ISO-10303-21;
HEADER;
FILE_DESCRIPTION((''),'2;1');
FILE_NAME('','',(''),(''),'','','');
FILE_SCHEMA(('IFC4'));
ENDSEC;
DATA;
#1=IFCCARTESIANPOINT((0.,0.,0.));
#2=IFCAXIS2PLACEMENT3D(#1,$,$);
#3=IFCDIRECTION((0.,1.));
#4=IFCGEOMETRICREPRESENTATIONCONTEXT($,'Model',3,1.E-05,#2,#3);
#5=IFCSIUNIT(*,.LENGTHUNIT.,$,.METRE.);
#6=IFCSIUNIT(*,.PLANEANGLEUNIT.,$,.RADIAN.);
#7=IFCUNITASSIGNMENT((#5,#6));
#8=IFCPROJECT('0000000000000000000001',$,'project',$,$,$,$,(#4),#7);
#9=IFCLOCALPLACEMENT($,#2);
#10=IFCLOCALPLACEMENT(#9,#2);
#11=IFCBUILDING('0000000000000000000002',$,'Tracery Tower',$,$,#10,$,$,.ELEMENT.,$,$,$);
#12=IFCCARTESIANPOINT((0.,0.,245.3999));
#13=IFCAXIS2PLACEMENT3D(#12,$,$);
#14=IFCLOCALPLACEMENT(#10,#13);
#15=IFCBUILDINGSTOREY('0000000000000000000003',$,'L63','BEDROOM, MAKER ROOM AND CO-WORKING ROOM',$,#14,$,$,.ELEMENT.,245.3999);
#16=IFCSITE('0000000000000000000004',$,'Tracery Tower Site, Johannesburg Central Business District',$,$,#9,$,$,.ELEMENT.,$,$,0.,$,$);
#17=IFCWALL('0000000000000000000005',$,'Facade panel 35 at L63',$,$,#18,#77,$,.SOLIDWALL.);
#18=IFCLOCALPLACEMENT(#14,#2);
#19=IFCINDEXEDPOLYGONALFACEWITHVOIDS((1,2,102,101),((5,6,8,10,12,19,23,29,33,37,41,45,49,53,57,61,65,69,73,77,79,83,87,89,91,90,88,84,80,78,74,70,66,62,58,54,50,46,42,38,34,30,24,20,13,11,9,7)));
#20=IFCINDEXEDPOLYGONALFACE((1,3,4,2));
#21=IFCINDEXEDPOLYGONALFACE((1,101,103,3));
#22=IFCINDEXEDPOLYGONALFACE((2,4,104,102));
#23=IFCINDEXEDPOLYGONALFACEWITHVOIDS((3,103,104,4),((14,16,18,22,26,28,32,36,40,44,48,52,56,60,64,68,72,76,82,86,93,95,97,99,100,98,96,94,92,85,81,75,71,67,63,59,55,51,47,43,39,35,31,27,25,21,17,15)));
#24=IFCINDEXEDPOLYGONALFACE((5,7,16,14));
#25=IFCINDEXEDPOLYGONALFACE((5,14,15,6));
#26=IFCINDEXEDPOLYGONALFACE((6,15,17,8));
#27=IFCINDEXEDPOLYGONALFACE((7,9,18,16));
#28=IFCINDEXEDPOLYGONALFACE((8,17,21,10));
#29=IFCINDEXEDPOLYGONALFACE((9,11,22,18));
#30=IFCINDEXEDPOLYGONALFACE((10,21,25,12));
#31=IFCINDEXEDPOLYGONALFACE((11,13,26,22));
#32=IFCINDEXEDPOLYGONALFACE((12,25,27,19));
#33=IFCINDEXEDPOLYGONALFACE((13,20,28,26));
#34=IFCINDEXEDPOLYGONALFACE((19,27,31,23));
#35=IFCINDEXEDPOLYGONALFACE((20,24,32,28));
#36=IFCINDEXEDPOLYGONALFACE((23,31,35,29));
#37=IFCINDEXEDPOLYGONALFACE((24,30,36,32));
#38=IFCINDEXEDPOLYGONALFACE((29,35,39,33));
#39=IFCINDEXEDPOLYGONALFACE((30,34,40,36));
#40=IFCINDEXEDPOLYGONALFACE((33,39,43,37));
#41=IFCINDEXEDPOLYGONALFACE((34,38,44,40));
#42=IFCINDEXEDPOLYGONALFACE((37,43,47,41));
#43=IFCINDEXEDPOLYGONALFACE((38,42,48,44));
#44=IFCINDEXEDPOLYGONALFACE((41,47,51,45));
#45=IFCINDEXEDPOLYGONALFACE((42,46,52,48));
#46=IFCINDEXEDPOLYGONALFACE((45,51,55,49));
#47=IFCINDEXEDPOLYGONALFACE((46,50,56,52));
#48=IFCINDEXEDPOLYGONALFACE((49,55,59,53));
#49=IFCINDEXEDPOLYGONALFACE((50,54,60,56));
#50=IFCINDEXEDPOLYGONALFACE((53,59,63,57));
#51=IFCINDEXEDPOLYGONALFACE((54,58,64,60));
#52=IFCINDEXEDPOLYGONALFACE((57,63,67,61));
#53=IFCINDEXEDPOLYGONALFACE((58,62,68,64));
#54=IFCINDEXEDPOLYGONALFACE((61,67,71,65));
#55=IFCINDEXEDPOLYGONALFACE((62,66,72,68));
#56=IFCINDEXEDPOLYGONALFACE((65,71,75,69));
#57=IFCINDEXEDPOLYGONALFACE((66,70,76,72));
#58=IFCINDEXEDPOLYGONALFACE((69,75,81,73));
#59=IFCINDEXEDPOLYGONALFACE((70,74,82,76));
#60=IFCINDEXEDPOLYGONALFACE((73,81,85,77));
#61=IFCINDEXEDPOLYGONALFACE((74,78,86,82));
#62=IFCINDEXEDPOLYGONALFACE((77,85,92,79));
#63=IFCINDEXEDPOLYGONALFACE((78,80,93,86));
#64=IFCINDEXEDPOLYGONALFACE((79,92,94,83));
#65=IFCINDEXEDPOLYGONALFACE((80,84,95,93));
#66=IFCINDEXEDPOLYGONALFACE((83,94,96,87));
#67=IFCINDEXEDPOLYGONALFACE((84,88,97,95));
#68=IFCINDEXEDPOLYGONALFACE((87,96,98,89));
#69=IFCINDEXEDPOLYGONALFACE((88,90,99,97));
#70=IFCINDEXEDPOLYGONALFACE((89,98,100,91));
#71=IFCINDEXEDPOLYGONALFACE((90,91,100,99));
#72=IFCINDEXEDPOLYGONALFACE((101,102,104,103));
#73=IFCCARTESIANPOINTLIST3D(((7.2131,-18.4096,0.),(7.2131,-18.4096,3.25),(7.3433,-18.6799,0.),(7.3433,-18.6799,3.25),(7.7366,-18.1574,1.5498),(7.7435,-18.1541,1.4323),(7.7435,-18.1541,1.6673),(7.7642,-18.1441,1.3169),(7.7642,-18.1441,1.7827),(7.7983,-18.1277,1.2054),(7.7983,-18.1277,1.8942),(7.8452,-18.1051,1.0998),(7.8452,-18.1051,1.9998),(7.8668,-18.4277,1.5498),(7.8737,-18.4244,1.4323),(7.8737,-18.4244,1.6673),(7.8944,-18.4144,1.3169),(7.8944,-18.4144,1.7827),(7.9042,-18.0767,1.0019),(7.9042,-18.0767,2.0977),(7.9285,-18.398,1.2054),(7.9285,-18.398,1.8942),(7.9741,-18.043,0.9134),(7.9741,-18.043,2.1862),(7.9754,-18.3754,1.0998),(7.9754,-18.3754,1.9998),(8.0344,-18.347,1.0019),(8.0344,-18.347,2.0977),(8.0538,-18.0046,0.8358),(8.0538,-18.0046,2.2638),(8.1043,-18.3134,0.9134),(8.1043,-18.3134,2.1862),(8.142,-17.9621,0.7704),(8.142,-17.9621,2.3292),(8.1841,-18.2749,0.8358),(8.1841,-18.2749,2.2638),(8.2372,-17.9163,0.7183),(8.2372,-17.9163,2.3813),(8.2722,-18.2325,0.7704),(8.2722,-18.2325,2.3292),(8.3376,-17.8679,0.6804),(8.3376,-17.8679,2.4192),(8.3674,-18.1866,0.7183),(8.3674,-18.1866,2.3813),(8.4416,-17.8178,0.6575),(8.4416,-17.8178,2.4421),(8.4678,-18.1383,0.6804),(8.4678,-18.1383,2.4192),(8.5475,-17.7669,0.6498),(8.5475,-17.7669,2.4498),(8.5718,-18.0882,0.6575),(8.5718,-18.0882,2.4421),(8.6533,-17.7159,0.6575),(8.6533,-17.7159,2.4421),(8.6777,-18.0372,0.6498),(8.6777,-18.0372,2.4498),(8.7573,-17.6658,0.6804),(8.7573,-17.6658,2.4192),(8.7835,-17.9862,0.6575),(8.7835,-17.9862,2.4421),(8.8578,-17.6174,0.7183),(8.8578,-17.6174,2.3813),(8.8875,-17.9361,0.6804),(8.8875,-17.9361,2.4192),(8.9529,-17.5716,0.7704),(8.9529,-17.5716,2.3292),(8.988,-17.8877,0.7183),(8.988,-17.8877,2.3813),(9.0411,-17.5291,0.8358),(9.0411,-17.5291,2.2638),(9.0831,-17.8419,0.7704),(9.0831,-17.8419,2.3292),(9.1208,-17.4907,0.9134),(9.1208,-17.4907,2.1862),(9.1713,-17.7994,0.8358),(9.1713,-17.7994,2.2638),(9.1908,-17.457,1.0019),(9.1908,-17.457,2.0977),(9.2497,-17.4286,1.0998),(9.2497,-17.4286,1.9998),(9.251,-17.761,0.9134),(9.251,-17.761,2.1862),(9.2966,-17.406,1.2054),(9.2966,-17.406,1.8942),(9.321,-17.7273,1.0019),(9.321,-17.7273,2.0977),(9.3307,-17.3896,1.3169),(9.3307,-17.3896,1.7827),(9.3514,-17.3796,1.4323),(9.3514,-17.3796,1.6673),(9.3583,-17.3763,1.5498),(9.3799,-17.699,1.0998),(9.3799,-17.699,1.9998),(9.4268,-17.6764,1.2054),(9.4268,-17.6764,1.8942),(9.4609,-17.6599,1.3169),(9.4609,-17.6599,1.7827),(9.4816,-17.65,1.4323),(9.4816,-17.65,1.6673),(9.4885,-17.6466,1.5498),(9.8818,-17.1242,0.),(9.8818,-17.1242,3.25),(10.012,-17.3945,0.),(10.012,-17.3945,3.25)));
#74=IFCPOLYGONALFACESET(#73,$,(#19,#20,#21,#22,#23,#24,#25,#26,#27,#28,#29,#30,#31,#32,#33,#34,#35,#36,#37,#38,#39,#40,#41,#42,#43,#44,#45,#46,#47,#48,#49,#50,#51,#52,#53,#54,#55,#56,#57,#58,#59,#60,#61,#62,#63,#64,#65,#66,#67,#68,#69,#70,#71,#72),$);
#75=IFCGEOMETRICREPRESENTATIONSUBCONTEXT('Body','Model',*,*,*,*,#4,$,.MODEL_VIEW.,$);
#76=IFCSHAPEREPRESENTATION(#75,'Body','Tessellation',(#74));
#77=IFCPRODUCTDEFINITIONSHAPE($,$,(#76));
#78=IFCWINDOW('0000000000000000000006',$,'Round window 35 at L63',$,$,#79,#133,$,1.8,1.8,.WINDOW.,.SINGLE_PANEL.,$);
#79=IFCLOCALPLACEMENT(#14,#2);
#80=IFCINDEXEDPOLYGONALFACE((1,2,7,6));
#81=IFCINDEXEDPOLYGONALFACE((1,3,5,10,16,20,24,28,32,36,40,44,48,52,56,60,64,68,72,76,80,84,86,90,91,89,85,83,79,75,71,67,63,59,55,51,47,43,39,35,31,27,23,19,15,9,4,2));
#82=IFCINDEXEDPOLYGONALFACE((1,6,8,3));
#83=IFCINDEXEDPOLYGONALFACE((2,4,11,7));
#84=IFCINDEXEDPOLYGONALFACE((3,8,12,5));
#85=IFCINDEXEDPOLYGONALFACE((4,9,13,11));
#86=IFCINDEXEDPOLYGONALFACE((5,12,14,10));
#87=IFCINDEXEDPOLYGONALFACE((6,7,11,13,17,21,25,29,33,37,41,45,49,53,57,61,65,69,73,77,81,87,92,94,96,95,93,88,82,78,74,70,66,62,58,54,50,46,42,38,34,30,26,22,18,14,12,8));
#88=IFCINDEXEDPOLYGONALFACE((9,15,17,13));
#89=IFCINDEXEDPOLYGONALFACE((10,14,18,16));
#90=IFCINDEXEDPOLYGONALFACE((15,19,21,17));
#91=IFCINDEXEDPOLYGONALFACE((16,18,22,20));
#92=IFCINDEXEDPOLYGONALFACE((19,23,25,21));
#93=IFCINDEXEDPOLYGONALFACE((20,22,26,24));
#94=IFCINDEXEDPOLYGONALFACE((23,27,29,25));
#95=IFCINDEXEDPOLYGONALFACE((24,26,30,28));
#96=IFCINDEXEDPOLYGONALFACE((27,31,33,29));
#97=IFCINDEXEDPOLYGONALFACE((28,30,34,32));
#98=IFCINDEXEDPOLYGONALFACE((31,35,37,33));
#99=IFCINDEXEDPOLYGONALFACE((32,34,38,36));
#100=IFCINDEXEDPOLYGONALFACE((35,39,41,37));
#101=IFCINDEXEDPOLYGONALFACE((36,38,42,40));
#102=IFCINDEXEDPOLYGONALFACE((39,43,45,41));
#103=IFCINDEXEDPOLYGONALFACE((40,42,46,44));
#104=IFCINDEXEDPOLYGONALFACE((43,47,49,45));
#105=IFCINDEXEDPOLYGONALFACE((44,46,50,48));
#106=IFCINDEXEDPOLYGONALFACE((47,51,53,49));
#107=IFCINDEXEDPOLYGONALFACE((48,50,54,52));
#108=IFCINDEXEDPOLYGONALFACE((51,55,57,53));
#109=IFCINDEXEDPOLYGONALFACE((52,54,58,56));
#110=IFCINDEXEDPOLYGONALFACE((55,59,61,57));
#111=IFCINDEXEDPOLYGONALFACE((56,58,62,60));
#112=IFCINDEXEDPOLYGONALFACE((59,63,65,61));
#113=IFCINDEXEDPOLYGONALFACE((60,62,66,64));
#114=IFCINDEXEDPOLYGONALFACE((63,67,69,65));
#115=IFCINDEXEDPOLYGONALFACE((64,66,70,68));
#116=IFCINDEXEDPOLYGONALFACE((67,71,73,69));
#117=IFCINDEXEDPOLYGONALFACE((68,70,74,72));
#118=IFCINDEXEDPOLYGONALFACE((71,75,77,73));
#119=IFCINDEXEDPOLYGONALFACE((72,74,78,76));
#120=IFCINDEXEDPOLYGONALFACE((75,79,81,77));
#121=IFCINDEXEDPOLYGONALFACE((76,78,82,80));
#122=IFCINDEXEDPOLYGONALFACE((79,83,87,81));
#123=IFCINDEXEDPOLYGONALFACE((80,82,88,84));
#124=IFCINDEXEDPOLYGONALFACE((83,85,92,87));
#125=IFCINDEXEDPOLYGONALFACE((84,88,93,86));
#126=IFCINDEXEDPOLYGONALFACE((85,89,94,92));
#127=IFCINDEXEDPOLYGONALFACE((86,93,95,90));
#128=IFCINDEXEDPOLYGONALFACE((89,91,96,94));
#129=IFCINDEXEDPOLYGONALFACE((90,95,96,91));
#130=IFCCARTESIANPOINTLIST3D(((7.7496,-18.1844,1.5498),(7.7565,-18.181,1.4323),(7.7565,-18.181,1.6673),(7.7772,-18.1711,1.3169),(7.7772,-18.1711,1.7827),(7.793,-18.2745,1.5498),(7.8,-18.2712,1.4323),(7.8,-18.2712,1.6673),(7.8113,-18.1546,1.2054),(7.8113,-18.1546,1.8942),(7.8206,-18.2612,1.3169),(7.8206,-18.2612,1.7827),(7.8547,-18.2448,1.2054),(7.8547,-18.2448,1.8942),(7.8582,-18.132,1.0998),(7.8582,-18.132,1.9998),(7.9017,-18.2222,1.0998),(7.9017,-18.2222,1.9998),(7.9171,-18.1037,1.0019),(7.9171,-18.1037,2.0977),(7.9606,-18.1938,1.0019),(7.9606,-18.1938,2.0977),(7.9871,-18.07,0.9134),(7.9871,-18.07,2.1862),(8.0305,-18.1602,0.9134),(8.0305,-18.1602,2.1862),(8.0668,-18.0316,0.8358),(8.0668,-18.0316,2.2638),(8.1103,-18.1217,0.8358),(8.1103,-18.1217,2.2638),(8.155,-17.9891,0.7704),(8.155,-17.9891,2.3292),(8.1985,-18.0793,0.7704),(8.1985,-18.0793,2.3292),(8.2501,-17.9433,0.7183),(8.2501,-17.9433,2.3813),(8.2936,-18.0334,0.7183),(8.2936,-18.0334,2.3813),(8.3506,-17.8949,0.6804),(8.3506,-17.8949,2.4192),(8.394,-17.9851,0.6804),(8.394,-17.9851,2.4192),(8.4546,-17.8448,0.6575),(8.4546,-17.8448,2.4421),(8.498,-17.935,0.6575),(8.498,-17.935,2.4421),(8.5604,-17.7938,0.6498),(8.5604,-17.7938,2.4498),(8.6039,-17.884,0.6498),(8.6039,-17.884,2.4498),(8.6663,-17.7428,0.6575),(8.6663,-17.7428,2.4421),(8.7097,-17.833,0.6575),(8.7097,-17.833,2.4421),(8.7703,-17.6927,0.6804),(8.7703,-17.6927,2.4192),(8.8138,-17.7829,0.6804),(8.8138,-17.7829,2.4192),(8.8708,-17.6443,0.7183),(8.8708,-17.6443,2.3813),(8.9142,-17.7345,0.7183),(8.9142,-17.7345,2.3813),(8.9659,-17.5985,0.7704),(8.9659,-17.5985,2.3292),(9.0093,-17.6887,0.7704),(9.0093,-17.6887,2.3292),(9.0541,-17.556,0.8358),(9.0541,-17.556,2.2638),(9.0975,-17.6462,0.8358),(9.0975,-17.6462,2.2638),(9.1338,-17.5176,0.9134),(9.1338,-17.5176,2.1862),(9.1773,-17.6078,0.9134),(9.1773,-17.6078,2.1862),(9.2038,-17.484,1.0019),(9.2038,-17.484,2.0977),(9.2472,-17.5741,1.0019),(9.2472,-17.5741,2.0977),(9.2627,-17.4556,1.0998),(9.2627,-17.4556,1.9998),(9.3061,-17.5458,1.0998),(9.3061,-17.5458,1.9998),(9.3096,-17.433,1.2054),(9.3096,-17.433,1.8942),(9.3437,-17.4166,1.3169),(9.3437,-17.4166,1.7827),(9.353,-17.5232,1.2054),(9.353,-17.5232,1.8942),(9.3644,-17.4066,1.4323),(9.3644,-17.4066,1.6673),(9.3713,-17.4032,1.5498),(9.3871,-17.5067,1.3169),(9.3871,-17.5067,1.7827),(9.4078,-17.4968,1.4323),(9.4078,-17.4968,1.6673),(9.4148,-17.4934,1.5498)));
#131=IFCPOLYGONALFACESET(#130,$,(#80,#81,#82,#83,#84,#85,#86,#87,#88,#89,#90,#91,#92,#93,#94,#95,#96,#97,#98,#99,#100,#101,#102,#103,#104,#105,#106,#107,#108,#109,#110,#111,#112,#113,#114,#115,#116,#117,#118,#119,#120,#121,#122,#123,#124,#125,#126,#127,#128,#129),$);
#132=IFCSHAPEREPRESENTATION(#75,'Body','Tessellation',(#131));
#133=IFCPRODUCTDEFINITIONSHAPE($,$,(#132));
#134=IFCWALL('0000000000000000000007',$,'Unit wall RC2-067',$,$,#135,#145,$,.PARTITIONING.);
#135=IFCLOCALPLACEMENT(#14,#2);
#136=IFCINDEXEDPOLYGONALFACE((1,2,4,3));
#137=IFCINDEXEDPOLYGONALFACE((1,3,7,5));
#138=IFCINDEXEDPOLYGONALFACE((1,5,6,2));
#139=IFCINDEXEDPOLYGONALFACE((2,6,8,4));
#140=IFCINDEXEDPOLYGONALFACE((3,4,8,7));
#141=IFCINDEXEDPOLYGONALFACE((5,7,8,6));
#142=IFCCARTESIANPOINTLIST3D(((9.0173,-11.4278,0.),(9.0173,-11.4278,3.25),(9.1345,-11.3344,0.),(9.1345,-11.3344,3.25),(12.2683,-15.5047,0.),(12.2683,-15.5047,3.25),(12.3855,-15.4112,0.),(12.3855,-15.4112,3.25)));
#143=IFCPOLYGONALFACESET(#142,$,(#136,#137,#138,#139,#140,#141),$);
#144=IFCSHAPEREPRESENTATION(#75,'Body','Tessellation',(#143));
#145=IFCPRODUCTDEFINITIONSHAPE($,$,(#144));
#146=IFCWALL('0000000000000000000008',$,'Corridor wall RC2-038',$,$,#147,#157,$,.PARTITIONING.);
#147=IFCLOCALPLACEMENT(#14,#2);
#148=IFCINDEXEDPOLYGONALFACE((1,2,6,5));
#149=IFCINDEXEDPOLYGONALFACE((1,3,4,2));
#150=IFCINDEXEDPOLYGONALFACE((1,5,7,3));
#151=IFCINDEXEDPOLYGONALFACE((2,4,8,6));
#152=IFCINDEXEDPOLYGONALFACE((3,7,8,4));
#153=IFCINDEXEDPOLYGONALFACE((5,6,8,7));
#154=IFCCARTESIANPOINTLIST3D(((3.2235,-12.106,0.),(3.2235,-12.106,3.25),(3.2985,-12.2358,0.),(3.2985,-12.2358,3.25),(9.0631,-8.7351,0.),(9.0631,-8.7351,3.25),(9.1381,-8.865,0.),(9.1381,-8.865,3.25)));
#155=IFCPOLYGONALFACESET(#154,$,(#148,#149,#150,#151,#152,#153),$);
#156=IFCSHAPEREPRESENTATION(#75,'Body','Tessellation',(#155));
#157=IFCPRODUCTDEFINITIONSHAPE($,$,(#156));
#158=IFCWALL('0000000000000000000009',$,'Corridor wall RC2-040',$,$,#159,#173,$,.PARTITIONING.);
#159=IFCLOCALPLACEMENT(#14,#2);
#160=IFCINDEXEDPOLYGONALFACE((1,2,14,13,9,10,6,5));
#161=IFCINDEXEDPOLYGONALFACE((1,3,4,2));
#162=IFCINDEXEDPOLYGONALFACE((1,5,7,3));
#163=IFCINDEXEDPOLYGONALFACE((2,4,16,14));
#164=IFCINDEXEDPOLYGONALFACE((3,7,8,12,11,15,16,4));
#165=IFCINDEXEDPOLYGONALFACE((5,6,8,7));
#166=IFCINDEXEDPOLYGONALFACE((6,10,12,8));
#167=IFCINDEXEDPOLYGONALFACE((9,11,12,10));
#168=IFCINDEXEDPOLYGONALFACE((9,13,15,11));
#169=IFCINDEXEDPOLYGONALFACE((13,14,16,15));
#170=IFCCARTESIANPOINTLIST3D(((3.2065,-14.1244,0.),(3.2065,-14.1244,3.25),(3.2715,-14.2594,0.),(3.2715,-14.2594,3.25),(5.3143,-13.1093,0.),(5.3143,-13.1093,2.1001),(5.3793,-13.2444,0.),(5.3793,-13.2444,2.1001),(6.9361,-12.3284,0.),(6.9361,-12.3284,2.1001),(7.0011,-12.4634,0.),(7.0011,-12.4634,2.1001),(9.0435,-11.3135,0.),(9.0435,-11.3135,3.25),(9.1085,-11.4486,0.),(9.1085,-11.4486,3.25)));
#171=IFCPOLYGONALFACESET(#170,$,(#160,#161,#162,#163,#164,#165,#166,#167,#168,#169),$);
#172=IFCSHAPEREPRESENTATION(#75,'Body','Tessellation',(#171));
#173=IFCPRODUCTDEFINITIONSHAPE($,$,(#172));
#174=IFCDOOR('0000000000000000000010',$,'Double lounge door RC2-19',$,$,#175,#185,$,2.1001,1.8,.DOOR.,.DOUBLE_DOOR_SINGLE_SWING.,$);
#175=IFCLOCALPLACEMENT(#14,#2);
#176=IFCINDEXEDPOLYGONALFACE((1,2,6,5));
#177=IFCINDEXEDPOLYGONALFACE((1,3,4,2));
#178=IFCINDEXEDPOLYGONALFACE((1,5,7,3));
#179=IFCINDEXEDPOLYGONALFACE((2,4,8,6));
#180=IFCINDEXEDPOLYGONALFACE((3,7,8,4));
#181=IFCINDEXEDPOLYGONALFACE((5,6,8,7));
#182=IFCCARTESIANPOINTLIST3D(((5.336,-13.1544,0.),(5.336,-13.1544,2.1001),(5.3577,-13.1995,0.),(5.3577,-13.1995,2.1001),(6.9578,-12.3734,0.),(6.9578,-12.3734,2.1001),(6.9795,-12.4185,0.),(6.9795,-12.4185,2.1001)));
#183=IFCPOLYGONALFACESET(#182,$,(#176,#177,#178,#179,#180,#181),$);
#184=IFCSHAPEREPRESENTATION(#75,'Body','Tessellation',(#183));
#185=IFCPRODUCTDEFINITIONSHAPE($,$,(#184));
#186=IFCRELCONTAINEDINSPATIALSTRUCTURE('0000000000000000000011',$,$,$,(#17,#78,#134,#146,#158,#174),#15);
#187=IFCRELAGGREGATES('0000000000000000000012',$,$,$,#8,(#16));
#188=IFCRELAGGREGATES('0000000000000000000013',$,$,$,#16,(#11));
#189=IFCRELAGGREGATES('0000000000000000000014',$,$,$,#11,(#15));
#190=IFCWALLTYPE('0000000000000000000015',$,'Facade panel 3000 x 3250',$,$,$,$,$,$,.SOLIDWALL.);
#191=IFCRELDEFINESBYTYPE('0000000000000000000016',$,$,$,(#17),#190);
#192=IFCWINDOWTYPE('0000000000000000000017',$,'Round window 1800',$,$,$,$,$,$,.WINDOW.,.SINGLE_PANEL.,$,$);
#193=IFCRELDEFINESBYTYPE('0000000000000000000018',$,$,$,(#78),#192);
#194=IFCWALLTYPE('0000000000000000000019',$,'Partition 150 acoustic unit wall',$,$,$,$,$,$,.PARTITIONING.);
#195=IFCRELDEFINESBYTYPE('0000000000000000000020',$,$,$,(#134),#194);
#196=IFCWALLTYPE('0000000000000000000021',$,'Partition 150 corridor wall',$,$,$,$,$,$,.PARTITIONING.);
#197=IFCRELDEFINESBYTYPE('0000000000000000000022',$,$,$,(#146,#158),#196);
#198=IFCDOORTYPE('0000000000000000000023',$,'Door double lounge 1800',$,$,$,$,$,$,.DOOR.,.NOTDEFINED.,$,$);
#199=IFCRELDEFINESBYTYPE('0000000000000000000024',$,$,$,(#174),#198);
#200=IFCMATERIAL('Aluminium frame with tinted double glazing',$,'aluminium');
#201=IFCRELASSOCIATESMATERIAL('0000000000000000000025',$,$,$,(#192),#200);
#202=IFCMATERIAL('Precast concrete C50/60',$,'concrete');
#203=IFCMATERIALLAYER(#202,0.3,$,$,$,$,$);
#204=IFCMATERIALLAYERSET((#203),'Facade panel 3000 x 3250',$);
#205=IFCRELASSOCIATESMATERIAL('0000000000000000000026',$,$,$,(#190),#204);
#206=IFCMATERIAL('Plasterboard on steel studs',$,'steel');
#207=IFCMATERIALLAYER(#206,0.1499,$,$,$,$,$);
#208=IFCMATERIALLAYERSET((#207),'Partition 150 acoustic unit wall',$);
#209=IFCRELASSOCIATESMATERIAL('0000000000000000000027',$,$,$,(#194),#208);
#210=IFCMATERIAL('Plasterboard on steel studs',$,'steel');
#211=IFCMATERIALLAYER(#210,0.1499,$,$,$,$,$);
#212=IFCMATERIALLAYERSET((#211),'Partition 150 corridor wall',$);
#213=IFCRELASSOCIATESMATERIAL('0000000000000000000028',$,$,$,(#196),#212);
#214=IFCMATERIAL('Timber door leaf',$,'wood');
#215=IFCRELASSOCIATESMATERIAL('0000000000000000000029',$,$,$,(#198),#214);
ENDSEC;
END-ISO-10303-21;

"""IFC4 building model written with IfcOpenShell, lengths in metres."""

from ifc_helpers import new_model, si_unit, direction, frame, frame_2d, origin, origin_2d, place, context, subcontext, project, spatial, rectangle, circle, extrude, material, layer, layer_set, type_object, element, fill, save


model = new_model("IFC4")

# Units and contexts
model_context = context("Model", 3, precision=1e-05, world=origin(), true_north=direction((0.0, 1.0)))
body_context = subcontext(model_context, "Body", "Model", "MODEL_VIEW")
ifc_project = project(units=[si_unit("LENGTHUNIT", "METRE"), si_unit("PLANEANGLEUNIT", "RADIAN")], contexts=[model_context])

# Site, building, storey
site_placement = place(None, origin())
site = spatial("IfcSite", under=ifc_project, at=site_placement, Name="Tracery Tower Site, Johannesburg Central Business District", CompositionType="ELEMENT", RefElevation=0.0)
building_placement = place(site_placement, origin())
building = spatial("IfcBuilding", under=site, at=building_placement, Name="Tracery Tower", CompositionType="ELEMENT")
storey_placement = place(building_placement, frame((0.0, 0.0, 245.3999)))
storey = spatial("IfcBuildingStorey", under=building, at=storey_placement, Name="L63", Description="BEDROOM, MAKER ROOM AND CO-WORKING ROOM", CompositionType="ELEMENT", Elevation=245.3999)

# Wall, opening, window
ifc_material_1 = material(Name="Aluminium frame with tinted double glazing", Category="aluminium")
window_type = type_object("IfcWindowType", Name="Round window 1800", PartitioningType="SINGLE_PANEL", PredefinedType="WINDOW", material=ifc_material_1)
ifc_material_2 = material(Name="Precast concrete C50/60", Category="concrete")
ifc_layer_1 = layer(ifc_material_2, 0.3)
ifc_layer_set_1 = layer_set([ifc_layer_1], Name="Facade panel 3000 x 3250")
wall_type_1 = type_object("IfcWallType", Name="Facade panel 3000 x 3250", PredefinedType="SOLIDWALL", material=ifc_layer_set_1)
wall_1_placement = place(storey_placement, frame((7.2783, -18.5447, 0.0), z_axis=(0.0, 0.0, 1.0), x_axis=(0.90094, 0.433944, 0.0)))
wall_1 = element("IfcWall", 1, at=wall_1_placement, inside=storey, type_object=wall_type_1, Name="Facade panel 35 at L63", PredefinedType="SOLIDWALL", context=body_context, shape_type="SweptSolid", body=[
    extrude(rectangle(XDim=2.9622, YDim=0.3, at=frame_2d((1.481, 0.0))), origin(), (0.0, 0.0, 1.0), 3.25),
])
opening_1_placement = place(wall_1_placement, frame((1.481, 0.0, 1.5498)))
opening_1 = element("IfcOpeningElement", 2, at=opening_1_placement, cuts=wall_1, PredefinedType="OPENING", context=body_context, shape_type="SweptSolid", body=[
    extrude(circle(Radius=0.9, at=origin_2d()), frame((0.0, 0.1599, 0.0), z_axis=(0.0, -1.0, 0.0), x_axis=(1.0, 0.0, 0.0)), (0.0, 0.0, 1.0), 0.3201),
])
window_1_placement = place(opening_1_placement, origin())
window_1 = element("IfcWindow", 3, at=window_1_placement, inside=storey, type_object=window_type, Name="Round window 35 at L63", OverallHeight=1.8, OverallWidth=1.8, PartitioningType="SINGLE_PANEL", PredefinedType="WINDOW", context=body_context, shape_type="SweptSolid", body=[
    extrude(circle(Radius=0.9, at=origin_2d()), frame((0.0, 0.1201, 0.0), z_axis=(0.0, -1.0, 0.0), x_axis=(1.0, 0.0, 0.0)), (0.0, 0.0, 1.0), 0.1001),
])
fill(opening_1, window_1)

# Walls
ifc_material_3 = material(Name="Plasterboard on steel studs", Category="steel")
ifc_layer_2 = layer(ifc_material_3, 0.1499)
ifc_layer_set_2 = layer_set([ifc_layer_2], Name="Partition 150 acoustic unit wall")
wall_type_2 = type_object("IfcWallType", Name="Partition 150 acoustic unit wall", PredefinedType="PARTITIONING", material=ifc_layer_set_2)
wall_2_placement = place(storey_placement, frame((9.0759, -11.3811, 0.0), z_axis=(0.0, 0.0, 1.0), x_axis=(0.623461, -0.781854, 0.0)))
element("IfcWall", 4, at=wall_2_placement, inside=storey, type_object=wall_type_2, Name="Unit wall RC2-067", PredefinedType="PARTITIONING", context=body_context, shape_type="SweptSolid", body=[
    extrude(rectangle(XDim=5.2144, YDim=0.1499, at=frame_2d((2.6072, 0.0))), origin(), (0.0, 0.0, 1.0), 3.25),
])
ifc_material_4 = material(Name="Plasterboard on steel studs", Category="steel")
ifc_layer_3 = layer(ifc_material_4, 0.1499)
ifc_layer_set_3 = layer_set([ifc_layer_3], Name="Partition 150 corridor wall")
wall_type_3 = type_object("IfcWallType", Name="Partition 150 corridor wall", PredefinedType="PARTITIONING", material=ifc_layer_set_3)
wall_3_placement = place(storey_placement, frame((3.261, -12.1709, 0.0), z_axis=(0.0, 0.0, 1.0), x_axis=(0.866067, 0.499928, 0.0)))
element("IfcWall", 5, at=wall_3_placement, inside=storey, type_object=wall_type_3, Name="Corridor wall RC2-038", PredefinedType="PARTITIONING", context=body_context, shape_type="SweptSolid", body=[
    extrude(rectangle(XDim=6.7427, YDim=0.1499, at=frame_2d((3.3713, 0.0))), origin(), (0.0, 0.0, 1.0), 3.25),
])

# Wall, opening, door
wall_4_placement = place(storey_placement, frame((3.239, -14.1919, 0.0), z_axis=(0.0, 0.0, 1.0), x_axis=(0.900976, 0.433869, 0.0)))
wall_4 = element("IfcWall", 6, at=wall_4_placement, inside=storey, type_object=wall_type_3, Name="Corridor wall RC2-040", PredefinedType="PARTITIONING", context=body_context, shape_type="SweptSolid", body=[
    extrude(rectangle(XDim=6.4785, YDim=0.1499, at=frame_2d((3.2393, 0.0))), origin(), (0.0, 0.0, 1.0), 3.25),
])
opening_2_placement = place(wall_4_placement, frame((2.3396, 0.0, 0.0)))
opening_2 = element("IfcOpeningElement", 7, at=opening_2_placement, cuts=wall_4, PredefinedType="OPENING", context=body_context, shape_type="SweptSolid", body=[
    extrude(rectangle(XDim=1.8, YDim=2.1001, at=frame_2d((0.8999, 1.05))), frame((0.0, 0.075, 0.0), z_axis=(0.0, -1.0, 0.0), x_axis=(1.0, 0.0, 0.0)), (0.0, 0.0, 1.0), 0.1499),
])
ifc_material_5 = material(Name="Timber door leaf", Category="wood")
door_type = type_object("IfcDoorType", Name="Door double lounge 1800", OperationType="NOTDEFINED", PredefinedType="DOOR", material=ifc_material_5)
door_placement = place(opening_2_placement, origin())
door = element("IfcDoor", 8, at=door_placement, inside=storey, type_object=door_type, Name="Double lounge door RC2-19", OperationType="DOUBLE_DOOR_SINGLE_SWING", OverallHeight=2.1001, OverallWidth=1.8, PredefinedType="DOOR", context=body_context, shape_type="SweptSolid", body=[
    extrude(rectangle(XDim=1.8, YDim=2.1001, at=frame_2d((0.8999, 1.05))), frame((0.0, 0.0249, 0.0), z_axis=(0.0, -1.0, 0.0), x_axis=(1.0, 0.0, 0.0)), (0.0, 0.0, 1.0), 0.05),
])
fill(opening_2, door)

save(model, "model.ifc")
